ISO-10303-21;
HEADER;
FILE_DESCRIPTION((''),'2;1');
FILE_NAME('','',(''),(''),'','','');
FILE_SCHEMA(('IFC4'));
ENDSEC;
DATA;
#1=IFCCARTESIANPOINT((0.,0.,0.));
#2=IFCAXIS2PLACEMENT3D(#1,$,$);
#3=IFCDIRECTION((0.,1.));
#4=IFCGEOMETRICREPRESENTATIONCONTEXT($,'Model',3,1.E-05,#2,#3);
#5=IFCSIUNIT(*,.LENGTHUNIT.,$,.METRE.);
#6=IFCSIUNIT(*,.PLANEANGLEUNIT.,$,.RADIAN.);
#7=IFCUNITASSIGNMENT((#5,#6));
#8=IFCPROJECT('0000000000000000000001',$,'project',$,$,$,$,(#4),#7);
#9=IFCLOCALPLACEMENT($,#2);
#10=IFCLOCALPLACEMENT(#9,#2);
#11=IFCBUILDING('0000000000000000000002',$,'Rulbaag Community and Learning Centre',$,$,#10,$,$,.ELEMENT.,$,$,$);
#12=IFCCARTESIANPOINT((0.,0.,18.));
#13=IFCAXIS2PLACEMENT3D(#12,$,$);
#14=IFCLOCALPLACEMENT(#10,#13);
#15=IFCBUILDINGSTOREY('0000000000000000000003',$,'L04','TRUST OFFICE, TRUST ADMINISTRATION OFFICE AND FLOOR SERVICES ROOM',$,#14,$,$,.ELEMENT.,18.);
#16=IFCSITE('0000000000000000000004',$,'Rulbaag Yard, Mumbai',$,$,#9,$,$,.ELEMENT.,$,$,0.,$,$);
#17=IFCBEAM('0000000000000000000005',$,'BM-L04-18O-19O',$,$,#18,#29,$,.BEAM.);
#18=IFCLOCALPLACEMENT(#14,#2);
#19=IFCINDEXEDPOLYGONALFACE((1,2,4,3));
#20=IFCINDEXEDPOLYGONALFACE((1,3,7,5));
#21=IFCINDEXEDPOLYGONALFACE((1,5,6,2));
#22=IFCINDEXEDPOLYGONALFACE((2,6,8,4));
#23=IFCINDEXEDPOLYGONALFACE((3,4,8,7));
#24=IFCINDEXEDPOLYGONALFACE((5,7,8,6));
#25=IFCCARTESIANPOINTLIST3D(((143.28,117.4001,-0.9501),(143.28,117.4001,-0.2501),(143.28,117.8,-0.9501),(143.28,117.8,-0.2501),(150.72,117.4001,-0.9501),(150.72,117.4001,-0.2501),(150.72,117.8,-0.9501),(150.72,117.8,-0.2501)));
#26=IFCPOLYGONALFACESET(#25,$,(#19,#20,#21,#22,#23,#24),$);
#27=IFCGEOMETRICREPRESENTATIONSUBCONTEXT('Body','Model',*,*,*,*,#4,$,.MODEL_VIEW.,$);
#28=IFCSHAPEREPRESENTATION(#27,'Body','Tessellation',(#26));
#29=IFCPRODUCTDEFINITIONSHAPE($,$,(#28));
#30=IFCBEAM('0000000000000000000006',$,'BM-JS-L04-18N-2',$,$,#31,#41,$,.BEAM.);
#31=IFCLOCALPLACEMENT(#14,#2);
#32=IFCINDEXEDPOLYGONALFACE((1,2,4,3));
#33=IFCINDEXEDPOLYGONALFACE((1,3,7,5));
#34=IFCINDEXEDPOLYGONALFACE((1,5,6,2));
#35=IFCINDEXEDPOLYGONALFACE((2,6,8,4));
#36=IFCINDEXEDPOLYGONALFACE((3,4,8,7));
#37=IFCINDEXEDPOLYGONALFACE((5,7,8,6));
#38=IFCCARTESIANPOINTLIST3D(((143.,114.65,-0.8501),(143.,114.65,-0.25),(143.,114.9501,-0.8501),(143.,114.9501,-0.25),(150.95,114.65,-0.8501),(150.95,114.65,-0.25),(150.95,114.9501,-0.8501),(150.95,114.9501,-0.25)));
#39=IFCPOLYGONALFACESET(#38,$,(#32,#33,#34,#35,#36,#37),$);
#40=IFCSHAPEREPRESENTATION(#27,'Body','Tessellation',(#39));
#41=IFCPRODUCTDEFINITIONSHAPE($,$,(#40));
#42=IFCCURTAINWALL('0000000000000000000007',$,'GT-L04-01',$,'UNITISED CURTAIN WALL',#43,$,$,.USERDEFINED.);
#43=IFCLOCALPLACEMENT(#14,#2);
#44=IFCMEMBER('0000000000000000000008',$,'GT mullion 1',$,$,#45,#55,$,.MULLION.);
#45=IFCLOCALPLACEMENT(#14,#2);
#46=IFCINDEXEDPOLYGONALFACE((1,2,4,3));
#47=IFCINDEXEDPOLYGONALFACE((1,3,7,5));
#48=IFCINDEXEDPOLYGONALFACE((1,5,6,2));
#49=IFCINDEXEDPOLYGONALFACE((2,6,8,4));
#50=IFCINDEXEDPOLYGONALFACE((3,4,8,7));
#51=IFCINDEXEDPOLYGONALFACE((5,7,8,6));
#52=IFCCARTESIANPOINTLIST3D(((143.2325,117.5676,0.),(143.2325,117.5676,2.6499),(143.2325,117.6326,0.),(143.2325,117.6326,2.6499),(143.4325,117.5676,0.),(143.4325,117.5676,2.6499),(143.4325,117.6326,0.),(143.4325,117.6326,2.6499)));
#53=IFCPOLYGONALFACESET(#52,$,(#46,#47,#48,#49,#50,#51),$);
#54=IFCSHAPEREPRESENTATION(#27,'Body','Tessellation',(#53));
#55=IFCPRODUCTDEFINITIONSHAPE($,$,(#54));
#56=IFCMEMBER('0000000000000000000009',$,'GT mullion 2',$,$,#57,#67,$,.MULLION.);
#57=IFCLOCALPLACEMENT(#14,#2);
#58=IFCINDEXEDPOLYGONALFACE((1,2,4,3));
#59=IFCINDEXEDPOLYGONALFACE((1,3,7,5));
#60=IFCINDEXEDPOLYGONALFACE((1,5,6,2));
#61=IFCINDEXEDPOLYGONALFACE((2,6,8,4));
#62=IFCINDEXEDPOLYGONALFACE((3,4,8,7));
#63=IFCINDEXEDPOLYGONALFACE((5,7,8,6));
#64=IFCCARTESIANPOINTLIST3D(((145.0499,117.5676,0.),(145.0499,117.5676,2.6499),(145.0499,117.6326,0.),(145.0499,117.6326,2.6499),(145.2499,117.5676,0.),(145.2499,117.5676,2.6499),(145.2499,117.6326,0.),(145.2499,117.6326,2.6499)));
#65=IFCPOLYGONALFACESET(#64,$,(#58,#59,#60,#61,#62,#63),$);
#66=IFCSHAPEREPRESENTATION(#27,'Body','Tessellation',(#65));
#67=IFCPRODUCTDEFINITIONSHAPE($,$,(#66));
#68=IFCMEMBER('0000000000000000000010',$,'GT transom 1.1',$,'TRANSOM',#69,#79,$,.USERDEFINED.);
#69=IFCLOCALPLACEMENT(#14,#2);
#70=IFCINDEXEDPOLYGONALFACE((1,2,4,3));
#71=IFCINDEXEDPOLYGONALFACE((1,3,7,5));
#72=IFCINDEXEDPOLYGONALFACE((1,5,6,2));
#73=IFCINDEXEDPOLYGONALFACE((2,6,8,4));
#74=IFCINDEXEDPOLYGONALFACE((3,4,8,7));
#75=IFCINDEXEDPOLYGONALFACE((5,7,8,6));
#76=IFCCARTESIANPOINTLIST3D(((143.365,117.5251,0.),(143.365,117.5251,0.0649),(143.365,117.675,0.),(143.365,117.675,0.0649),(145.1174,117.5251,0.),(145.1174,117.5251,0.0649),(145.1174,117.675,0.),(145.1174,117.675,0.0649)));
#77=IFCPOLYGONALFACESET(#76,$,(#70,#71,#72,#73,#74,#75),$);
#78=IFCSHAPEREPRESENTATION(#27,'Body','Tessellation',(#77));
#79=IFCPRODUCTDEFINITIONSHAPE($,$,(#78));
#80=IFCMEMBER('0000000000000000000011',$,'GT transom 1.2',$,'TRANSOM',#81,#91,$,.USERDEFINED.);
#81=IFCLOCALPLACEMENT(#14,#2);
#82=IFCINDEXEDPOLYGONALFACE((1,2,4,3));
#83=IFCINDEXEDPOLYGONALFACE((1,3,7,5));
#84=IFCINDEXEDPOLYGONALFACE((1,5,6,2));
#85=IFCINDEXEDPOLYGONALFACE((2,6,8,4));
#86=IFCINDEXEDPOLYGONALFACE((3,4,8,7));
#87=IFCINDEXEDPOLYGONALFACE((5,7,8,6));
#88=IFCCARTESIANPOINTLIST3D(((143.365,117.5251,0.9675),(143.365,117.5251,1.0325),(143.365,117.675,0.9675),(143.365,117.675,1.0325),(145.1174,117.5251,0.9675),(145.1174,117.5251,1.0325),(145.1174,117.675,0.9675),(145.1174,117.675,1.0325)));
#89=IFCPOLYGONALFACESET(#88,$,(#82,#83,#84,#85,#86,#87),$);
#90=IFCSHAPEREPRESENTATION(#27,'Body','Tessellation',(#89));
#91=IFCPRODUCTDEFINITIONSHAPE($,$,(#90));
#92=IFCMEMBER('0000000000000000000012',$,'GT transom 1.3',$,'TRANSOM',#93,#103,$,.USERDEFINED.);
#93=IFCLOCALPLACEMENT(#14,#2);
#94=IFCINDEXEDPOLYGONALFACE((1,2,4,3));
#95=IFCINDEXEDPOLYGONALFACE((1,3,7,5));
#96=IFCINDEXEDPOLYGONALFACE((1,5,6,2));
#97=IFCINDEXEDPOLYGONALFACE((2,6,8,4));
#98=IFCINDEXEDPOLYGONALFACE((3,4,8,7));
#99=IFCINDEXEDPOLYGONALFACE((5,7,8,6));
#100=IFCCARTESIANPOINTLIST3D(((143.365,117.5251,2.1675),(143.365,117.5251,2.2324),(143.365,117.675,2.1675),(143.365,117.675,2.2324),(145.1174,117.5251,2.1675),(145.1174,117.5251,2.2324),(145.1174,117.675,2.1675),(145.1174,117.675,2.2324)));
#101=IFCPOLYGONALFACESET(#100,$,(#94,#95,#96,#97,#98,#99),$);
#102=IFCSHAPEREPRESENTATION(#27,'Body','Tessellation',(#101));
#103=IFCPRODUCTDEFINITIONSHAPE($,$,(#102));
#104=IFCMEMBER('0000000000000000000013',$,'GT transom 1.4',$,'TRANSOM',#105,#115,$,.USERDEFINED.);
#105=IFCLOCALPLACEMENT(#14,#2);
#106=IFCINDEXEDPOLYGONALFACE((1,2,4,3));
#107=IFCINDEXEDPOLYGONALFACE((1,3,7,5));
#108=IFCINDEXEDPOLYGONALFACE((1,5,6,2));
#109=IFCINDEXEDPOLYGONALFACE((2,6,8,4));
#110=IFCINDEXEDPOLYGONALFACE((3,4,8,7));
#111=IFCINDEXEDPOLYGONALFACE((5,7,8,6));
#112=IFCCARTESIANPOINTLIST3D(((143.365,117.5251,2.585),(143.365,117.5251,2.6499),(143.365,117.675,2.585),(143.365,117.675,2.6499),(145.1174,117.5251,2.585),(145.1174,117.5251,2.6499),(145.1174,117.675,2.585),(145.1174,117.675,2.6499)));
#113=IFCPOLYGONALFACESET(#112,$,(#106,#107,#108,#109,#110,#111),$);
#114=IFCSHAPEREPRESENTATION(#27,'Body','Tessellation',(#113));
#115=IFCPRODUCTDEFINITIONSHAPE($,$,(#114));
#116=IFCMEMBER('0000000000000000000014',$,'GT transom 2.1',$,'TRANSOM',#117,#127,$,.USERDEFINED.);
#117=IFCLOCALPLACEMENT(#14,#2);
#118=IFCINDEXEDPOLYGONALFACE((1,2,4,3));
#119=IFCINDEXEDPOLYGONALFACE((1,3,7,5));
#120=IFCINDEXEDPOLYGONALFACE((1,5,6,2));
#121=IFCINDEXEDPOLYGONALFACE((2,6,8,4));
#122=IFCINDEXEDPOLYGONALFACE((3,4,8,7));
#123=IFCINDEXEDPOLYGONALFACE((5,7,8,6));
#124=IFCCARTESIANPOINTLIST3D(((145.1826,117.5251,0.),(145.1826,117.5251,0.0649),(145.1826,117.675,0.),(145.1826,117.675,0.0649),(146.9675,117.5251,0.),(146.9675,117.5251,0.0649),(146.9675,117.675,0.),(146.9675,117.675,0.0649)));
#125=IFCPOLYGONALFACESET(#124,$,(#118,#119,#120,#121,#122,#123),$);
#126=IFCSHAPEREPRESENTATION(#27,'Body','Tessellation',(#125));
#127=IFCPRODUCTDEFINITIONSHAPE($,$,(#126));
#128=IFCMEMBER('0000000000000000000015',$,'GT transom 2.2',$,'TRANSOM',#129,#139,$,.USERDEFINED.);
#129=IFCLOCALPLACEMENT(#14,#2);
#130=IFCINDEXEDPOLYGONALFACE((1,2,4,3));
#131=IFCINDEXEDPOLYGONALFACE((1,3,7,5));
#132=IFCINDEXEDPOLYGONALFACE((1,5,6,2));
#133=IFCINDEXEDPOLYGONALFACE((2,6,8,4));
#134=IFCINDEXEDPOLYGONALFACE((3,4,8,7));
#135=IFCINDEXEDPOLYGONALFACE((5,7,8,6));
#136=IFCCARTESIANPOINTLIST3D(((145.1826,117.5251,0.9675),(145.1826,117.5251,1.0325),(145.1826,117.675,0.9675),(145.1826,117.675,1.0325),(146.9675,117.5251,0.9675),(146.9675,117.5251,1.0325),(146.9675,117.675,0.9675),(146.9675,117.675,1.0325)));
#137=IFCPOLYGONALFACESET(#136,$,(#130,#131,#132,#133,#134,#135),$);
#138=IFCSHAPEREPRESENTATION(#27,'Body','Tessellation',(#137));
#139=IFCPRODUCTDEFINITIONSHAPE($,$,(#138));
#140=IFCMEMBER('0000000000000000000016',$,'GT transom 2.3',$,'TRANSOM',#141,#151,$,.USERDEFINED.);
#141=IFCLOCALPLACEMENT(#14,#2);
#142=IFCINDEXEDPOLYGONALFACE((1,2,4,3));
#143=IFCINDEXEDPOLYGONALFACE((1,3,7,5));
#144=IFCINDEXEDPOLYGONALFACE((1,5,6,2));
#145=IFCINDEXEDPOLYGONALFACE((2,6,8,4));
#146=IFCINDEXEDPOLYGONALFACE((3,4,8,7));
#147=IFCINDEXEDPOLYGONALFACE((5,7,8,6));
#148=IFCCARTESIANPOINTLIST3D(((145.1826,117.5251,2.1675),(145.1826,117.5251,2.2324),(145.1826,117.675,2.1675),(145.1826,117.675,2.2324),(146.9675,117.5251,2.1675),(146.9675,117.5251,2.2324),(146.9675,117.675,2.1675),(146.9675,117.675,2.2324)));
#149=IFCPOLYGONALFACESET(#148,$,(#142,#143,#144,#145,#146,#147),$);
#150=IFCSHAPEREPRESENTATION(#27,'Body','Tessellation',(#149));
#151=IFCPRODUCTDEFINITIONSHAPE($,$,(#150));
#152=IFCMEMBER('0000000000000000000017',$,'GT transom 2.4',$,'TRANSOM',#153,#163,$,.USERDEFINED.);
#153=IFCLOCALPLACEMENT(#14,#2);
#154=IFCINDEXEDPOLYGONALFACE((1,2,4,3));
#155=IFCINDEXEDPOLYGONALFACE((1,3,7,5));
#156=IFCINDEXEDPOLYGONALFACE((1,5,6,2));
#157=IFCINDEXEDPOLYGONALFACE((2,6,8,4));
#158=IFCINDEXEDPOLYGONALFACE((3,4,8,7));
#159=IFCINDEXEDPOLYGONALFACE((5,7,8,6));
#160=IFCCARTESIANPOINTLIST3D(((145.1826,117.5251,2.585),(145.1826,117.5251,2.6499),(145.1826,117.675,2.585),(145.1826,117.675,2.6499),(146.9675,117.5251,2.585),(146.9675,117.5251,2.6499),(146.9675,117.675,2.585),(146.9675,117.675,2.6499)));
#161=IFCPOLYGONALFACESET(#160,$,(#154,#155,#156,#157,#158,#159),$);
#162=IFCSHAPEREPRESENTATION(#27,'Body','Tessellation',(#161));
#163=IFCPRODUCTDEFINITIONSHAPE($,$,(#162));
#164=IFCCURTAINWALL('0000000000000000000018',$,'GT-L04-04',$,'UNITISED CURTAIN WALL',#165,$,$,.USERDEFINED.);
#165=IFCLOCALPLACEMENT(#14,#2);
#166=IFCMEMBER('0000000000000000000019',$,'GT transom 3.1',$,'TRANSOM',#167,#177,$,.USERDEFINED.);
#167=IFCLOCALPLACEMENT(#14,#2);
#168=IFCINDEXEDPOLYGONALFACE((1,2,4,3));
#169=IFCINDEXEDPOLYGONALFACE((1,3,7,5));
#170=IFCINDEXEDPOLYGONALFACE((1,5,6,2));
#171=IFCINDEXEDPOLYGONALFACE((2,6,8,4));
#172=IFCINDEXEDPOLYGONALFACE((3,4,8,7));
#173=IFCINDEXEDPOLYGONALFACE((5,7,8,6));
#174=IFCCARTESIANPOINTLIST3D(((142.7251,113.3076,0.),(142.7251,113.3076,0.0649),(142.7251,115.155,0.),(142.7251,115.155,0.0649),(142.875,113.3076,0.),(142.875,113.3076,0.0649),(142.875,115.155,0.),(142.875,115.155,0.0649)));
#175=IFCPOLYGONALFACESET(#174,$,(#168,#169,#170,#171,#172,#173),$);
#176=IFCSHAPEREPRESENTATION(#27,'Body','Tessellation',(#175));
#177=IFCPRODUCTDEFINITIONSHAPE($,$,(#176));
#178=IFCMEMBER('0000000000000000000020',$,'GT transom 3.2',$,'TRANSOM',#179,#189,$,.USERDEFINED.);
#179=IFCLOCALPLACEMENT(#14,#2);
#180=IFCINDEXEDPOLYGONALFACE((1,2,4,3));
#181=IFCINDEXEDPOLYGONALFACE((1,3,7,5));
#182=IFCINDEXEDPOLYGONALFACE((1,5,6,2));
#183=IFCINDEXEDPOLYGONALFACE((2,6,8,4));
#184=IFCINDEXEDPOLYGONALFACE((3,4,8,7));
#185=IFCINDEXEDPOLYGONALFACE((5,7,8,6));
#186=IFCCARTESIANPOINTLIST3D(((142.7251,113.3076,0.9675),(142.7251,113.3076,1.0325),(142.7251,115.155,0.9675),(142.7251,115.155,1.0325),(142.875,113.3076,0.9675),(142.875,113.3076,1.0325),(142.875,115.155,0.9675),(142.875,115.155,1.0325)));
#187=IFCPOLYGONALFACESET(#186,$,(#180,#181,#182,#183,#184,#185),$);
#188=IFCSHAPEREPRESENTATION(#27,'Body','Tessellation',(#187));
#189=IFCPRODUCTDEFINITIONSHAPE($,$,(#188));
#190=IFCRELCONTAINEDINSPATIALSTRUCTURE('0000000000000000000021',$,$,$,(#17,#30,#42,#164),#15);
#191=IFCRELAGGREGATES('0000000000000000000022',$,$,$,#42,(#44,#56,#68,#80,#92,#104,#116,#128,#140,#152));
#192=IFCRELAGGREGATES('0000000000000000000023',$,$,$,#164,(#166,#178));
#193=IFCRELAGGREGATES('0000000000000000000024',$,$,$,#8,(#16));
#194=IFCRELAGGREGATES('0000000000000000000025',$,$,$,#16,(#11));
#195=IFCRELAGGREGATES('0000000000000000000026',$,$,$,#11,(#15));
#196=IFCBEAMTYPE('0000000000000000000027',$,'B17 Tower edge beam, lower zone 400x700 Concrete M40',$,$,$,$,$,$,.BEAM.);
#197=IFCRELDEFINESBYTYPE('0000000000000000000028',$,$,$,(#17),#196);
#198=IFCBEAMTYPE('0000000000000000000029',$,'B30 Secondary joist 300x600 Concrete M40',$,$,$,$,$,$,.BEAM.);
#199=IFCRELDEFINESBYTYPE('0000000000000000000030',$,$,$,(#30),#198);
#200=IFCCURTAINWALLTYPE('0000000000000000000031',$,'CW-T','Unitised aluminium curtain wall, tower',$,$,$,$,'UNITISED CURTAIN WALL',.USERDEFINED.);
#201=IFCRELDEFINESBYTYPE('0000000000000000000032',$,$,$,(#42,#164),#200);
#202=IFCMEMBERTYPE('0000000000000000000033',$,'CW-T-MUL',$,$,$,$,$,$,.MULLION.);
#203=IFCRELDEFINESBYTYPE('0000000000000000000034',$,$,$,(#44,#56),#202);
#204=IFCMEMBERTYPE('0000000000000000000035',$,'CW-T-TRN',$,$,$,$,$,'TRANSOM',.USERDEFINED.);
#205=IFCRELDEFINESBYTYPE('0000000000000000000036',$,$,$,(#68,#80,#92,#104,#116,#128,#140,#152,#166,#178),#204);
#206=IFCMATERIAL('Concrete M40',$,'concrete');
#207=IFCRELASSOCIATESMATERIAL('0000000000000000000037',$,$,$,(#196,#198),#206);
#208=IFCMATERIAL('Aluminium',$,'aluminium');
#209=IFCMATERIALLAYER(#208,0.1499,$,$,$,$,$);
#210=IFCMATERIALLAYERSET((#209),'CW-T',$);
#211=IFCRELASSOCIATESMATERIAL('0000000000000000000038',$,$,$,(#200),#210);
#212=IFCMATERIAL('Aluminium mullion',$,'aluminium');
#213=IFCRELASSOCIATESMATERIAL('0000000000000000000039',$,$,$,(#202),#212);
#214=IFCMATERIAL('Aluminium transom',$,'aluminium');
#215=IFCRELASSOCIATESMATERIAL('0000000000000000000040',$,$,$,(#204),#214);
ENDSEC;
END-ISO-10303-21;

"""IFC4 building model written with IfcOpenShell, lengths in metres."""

from ifc_helpers import new_model, si_unit, direction, frame, origin, origin_2d, place, context, subcontext, project, spatial, rectangle, extrude, material, layer, layer_set, material_profile, profile_set, type_object, element, aggregate, save


model = new_model("IFC4")

# Units and contexts
model_context = context("Model", 3, precision=1e-05, world=origin(), true_north=direction((0.0, 1.0)))
body_context = subcontext(model_context, "Body", "Model", "MODEL_VIEW")
ifc_project = project(units=[si_unit("LENGTHUNIT", "METRE"), si_unit("PLANEANGLEUNIT", "RADIAN")], contexts=[model_context])

# Site, building, storey
site_placement = place(None, origin())
site = spatial("IfcSite", under=ifc_project, at=site_placement, Name="Rulbaag Yard, Mumbai", CompositionType="ELEMENT", RefElevation=0.0)
building_placement = place(site_placement, origin())
building = spatial("IfcBuilding", under=site, at=building_placement, Name="Rulbaag Community and Learning Centre", CompositionType="ELEMENT")
storey_placement = place(building_placement, frame((0.0, 0.0, 18.0)))
storey = spatial("IfcBuildingStorey", under=building, at=storey_placement, Name="L04", Description="TRUST OFFICE, TRUST ADMINISTRATION OFFICE AND FLOOR SERVICES ROOM", CompositionType="ELEMENT", Elevation=18.0)

# Beams
ifc_material_1 = material(Name="Concrete M40", Category="concrete")
ifc_material_profile_1 = material_profile(ifc_material_1, rectangle(XDim=0.3999, YDim=0.7, at=origin_2d()), Name="RB400x700")
ifc_profile_set_1 = profile_set([ifc_material_profile_1], Name="Concrete M40")
beam_type_1 = type_object("IfcBeamType", Name="B17 Tower edge beam, lower zone 400x700 Concrete M40", PredefinedType="BEAM", material=ifc_profile_set_1)
beam_1_placement = place(storey_placement, frame((143.28, 117.6001, -0.6001), z_axis=(1.0, 0.0, 0.0), x_axis=(0.0, 1.0, 0.0)))
element("IfcBeam", 1, at=beam_1_placement, inside=storey, type_object=beam_type_1, Name="BM-L04-18O-19O", PredefinedType="BEAM", context=body_context, shape_type="SweptSolid", body=[
    extrude(rectangle(XDim=0.3999, YDim=0.7, at=origin_2d()), origin(), (0.0, 0.0, 1.0), 7.4399),
])
ifc_material_profile_2 = material_profile(ifc_material_1, rectangle(XDim=0.3, YDim=0.6001, at=origin_2d()), Name="RB300x600")
ifc_profile_set_2 = profile_set([ifc_material_profile_2], Name="Concrete M40")
beam_type_2 = type_object("IfcBeamType", Name="B30 Secondary joist 300x600 Concrete M40", PredefinedType="BEAM", material=ifc_profile_set_2)
beam_2_placement = place(storey_placement, frame((143.0, 114.8, -0.55), z_axis=(1.0, 0.0, 0.0), x_axis=(0.0, 1.0, 0.0)))
element("IfcBeam", 2, at=beam_2_placement, inside=storey, type_object=beam_type_2, Name="BM-JS-L04-18N-2", PredefinedType="BEAM", context=body_context, shape_type="SweptSolid", body=[
    extrude(rectangle(XDim=0.3, YDim=0.6001, at=origin_2d()), origin(), (0.0, 0.0, 1.0), 7.95),
])

# Curtain walls, members
ifc_material_2 = material(Name="Aluminium", Category="aluminium")
ifc_layer_1 = layer(ifc_material_2, 0.1499)
ifc_layer_set_1 = layer_set([ifc_layer_1], Name="CW-T")
curtain_wall_type = type_object("IfcCurtainWallType", Name="CW-T", Description="Unitised aluminium curtain wall, tower", ElementType="UNITISED CURTAIN WALL", PredefinedType="USERDEFINED", material=ifc_layer_set_1)
curtain_wall_1_placement = place(storey_placement, origin())
curtain_wall_1 = element("IfcCurtainWall", 3, at=curtain_wall_1_placement, inside=storey, type_object=curtain_wall_type, Name="GT-L04-01", ObjectType="UNITISED CURTAIN WALL", PredefinedType="USERDEFINED")
ifc_material_3 = material(Name="Aluminium mullion", Category="aluminium")
ifc_material_profile_3 = material_profile(ifc_material_3, rectangle(XDim=0.0649, YDim=0.2, at=origin_2d()), Name="AL 65x200")
ifc_profile_set_3 = profile_set([ifc_material_profile_3], Name="Aluminium mullion")
member_type_1 = type_object("IfcMemberType", Name="CW-T-MUL", PredefinedType="MULLION", material=ifc_profile_set_3)
member_1_placement = place(storey_placement, frame((143.3325, 117.6001, 0.0), z_axis=(0.0, 0.0, 1.0), x_axis=(0.0, 1.0, 0.0)))
member_1 = element("IfcMember", 4, at=member_1_placement, type_object=member_type_1, Name="GT mullion 1", PredefinedType="MULLION", context=body_context, shape_type="SweptSolid", body=[
    extrude(rectangle(XDim=0.0649, YDim=0.2, at=origin_2d()), origin(), (0.0, 0.0, 1.0), 2.6499),
])
member_2_placement = place(storey_placement, frame((145.1499, 117.6001, 0.0), z_axis=(0.0, 0.0, 1.0), x_axis=(0.0, 1.0, 0.0)))
member_2 = element("IfcMember", 5, at=member_2_placement, type_object=member_type_1, Name="GT mullion 2", PredefinedType="MULLION", context=body_context, shape_type="SweptSolid", body=[
    extrude(rectangle(XDim=0.0649, YDim=0.2, at=origin_2d()), origin(), (0.0, 0.0, 1.0), 2.6499),
])
ifc_material_4 = material(Name="Aluminium transom", Category="aluminium")
ifc_material_profile_4 = material_profile(ifc_material_4, rectangle(XDim=0.1499, YDim=0.0649, at=origin_2d()), Name="AL 65x150 T")
ifc_profile_set_4 = profile_set([ifc_material_profile_4], Name="Aluminium transom")
member_type_2 = type_object("IfcMemberType", Name="CW-T-TRN", ElementType="TRANSOM", PredefinedType="USERDEFINED", material=ifc_profile_set_4)
member_3_placement = place(storey_placement, frame((143.365, 117.6001, 0.0325), z_axis=(1.0, 0.0, 0.0), x_axis=(0.0, 1.0, 0.0)))
member_3 = element("IfcMember", 6, at=member_3_placement, type_object=member_type_2, Name="GT transom 1.1", ObjectType="TRANSOM", PredefinedType="USERDEFINED", context=body_context, shape_type="SweptSolid", body=[
    extrude(rectangle(XDim=0.1499, YDim=0.0649, at=origin_2d()), origin(), (0.0, 0.0, 1.0), 1.7524),
])
member_4_placement = place(storey_placement, frame((143.365, 117.6001, 1.0), z_axis=(1.0, 0.0, 0.0), x_axis=(0.0, 1.0, 0.0)))
member_4 = element("IfcMember", 7, at=member_4_placement, type_object=member_type_2, Name="GT transom 1.2", ObjectType="TRANSOM", PredefinedType="USERDEFINED", context=body_context, shape_type="SweptSolid", body=[
    extrude(rectangle(XDim=0.1499, YDim=0.0649, at=origin_2d()), origin(), (0.0, 0.0, 1.0), 1.7524),
])
member_5_placement = place(storey_placement, frame((143.365, 117.6001, 2.2), z_axis=(1.0, 0.0, 0.0), x_axis=(0.0, 1.0, 0.0)))
member_5 = element("IfcMember", 8, at=member_5_placement, type_object=member_type_2, Name="GT transom 1.3", ObjectType="TRANSOM", PredefinedType="USERDEFINED", context=body_context, shape_type="SweptSolid", body=[
    extrude(rectangle(XDim=0.1499, YDim=0.0649, at=origin_2d()), origin(), (0.0, 0.0, 1.0), 1.7524),
])
member_6_placement = place(storey_placement, frame((143.365, 117.6001, 2.6174), z_axis=(1.0, 0.0, 0.0), x_axis=(0.0, 1.0, 0.0)))
member_6 = element("IfcMember", 9, at=member_6_placement, type_object=member_type_2, Name="GT transom 1.4", ObjectType="TRANSOM", PredefinedType="USERDEFINED", context=body_context, shape_type="SweptSolid", body=[
    extrude(rectangle(XDim=0.1499, YDim=0.0649, at=origin_2d()), origin(), (0.0, 0.0, 1.0), 1.7524),
])
member_7_placement = place(storey_placement, frame((145.1826, 117.6001, 0.0325), z_axis=(1.0, 0.0, 0.0), x_axis=(0.0, 1.0, 0.0)))
member_7 = element("IfcMember", 10, at=member_7_placement, type_object=member_type_2, Name="GT transom 2.1", ObjectType="TRANSOM", PredefinedType="USERDEFINED", context=body_context, shape_type="SweptSolid", body=[
    extrude(rectangle(XDim=0.1499, YDim=0.0649, at=origin_2d()), origin(), (0.0, 0.0, 1.0), 1.7849),
])
member_8_placement = place(storey_placement, frame((145.1826, 117.6001, 1.0), z_axis=(1.0, 0.0, 0.0), x_axis=(0.0, 1.0, 0.0)))
member_8 = element("IfcMember", 11, at=member_8_placement, type_object=member_type_2, Name="GT transom 2.2", ObjectType="TRANSOM", PredefinedType="USERDEFINED", context=body_context, shape_type="SweptSolid", body=[
    extrude(rectangle(XDim=0.1499, YDim=0.0649, at=origin_2d()), origin(), (0.0, 0.0, 1.0), 1.7849),
])
member_9_placement = place(storey_placement, frame((145.1826, 117.6001, 2.2), z_axis=(1.0, 0.0, 0.0), x_axis=(0.0, 1.0, 0.0)))
member_9 = element("IfcMember", 12, at=member_9_placement, type_object=member_type_2, Name="GT transom 2.3", ObjectType="TRANSOM", PredefinedType="USERDEFINED", context=body_context, shape_type="SweptSolid", body=[
    extrude(rectangle(XDim=0.1499, YDim=0.0649, at=origin_2d()), origin(), (0.0, 0.0, 1.0), 1.7849),
])
member_10_placement = place(storey_placement, frame((145.1826, 117.6001, 2.6174), z_axis=(1.0, 0.0, 0.0), x_axis=(0.0, 1.0, 0.0)))
member_10 = element("IfcMember", 13, at=member_10_placement, type_object=member_type_2, Name="GT transom 2.4", ObjectType="TRANSOM", PredefinedType="USERDEFINED", context=body_context, shape_type="SweptSolid", body=[
    extrude(rectangle(XDim=0.1499, YDim=0.0649, at=origin_2d()), origin(), (0.0, 0.0, 1.0), 1.7849),
])
curtain_wall_2_placement = place(storey_placement, origin())
curtain_wall_2 = element("IfcCurtainWall", 14, at=curtain_wall_2_placement, inside=storey, type_object=curtain_wall_type, Name="GT-L04-04", ObjectType="UNITISED CURTAIN WALL", PredefinedType="USERDEFINED")
member_11_placement = place(storey_placement, frame((142.8, 113.3076, 0.0325), z_axis=(0.0, 1.0, 0.0), x_axis=(-1.0, 0.0, 0.0)))
member_11 = element("IfcMember", 15, at=member_11_placement, type_object=member_type_2, Name="GT transom 3.1", ObjectType="TRANSOM", PredefinedType="USERDEFINED", context=body_context, shape_type="SweptSolid", body=[
    extrude(rectangle(XDim=0.1499, YDim=0.0649, at=origin_2d()), origin(), (0.0, 0.0, 1.0), 1.8474),
])
member_12_placement = place(storey_placement, frame((142.8, 113.3076, 1.0), z_axis=(0.0, 1.0, 0.0), x_axis=(-1.0, 0.0, 0.0)))
member_12 = element("IfcMember", 16, at=member_12_placement, type_object=member_type_2, Name="GT transom 3.2", ObjectType="TRANSOM", PredefinedType="USERDEFINED", context=body_context, shape_type="SweptSolid", body=[
    extrude(rectangle(XDim=0.1499, YDim=0.0649, at=origin_2d()), origin(), (0.0, 0.0, 1.0), 1.8474),
])

aggregate(curtain_wall_1, [member_1, member_2, member_3, member_4, member_5, member_6, member_7, member_8, member_9, member_10])
aggregate(curtain_wall_2, [member_11, member_12])

save(model, "model.ifc")
